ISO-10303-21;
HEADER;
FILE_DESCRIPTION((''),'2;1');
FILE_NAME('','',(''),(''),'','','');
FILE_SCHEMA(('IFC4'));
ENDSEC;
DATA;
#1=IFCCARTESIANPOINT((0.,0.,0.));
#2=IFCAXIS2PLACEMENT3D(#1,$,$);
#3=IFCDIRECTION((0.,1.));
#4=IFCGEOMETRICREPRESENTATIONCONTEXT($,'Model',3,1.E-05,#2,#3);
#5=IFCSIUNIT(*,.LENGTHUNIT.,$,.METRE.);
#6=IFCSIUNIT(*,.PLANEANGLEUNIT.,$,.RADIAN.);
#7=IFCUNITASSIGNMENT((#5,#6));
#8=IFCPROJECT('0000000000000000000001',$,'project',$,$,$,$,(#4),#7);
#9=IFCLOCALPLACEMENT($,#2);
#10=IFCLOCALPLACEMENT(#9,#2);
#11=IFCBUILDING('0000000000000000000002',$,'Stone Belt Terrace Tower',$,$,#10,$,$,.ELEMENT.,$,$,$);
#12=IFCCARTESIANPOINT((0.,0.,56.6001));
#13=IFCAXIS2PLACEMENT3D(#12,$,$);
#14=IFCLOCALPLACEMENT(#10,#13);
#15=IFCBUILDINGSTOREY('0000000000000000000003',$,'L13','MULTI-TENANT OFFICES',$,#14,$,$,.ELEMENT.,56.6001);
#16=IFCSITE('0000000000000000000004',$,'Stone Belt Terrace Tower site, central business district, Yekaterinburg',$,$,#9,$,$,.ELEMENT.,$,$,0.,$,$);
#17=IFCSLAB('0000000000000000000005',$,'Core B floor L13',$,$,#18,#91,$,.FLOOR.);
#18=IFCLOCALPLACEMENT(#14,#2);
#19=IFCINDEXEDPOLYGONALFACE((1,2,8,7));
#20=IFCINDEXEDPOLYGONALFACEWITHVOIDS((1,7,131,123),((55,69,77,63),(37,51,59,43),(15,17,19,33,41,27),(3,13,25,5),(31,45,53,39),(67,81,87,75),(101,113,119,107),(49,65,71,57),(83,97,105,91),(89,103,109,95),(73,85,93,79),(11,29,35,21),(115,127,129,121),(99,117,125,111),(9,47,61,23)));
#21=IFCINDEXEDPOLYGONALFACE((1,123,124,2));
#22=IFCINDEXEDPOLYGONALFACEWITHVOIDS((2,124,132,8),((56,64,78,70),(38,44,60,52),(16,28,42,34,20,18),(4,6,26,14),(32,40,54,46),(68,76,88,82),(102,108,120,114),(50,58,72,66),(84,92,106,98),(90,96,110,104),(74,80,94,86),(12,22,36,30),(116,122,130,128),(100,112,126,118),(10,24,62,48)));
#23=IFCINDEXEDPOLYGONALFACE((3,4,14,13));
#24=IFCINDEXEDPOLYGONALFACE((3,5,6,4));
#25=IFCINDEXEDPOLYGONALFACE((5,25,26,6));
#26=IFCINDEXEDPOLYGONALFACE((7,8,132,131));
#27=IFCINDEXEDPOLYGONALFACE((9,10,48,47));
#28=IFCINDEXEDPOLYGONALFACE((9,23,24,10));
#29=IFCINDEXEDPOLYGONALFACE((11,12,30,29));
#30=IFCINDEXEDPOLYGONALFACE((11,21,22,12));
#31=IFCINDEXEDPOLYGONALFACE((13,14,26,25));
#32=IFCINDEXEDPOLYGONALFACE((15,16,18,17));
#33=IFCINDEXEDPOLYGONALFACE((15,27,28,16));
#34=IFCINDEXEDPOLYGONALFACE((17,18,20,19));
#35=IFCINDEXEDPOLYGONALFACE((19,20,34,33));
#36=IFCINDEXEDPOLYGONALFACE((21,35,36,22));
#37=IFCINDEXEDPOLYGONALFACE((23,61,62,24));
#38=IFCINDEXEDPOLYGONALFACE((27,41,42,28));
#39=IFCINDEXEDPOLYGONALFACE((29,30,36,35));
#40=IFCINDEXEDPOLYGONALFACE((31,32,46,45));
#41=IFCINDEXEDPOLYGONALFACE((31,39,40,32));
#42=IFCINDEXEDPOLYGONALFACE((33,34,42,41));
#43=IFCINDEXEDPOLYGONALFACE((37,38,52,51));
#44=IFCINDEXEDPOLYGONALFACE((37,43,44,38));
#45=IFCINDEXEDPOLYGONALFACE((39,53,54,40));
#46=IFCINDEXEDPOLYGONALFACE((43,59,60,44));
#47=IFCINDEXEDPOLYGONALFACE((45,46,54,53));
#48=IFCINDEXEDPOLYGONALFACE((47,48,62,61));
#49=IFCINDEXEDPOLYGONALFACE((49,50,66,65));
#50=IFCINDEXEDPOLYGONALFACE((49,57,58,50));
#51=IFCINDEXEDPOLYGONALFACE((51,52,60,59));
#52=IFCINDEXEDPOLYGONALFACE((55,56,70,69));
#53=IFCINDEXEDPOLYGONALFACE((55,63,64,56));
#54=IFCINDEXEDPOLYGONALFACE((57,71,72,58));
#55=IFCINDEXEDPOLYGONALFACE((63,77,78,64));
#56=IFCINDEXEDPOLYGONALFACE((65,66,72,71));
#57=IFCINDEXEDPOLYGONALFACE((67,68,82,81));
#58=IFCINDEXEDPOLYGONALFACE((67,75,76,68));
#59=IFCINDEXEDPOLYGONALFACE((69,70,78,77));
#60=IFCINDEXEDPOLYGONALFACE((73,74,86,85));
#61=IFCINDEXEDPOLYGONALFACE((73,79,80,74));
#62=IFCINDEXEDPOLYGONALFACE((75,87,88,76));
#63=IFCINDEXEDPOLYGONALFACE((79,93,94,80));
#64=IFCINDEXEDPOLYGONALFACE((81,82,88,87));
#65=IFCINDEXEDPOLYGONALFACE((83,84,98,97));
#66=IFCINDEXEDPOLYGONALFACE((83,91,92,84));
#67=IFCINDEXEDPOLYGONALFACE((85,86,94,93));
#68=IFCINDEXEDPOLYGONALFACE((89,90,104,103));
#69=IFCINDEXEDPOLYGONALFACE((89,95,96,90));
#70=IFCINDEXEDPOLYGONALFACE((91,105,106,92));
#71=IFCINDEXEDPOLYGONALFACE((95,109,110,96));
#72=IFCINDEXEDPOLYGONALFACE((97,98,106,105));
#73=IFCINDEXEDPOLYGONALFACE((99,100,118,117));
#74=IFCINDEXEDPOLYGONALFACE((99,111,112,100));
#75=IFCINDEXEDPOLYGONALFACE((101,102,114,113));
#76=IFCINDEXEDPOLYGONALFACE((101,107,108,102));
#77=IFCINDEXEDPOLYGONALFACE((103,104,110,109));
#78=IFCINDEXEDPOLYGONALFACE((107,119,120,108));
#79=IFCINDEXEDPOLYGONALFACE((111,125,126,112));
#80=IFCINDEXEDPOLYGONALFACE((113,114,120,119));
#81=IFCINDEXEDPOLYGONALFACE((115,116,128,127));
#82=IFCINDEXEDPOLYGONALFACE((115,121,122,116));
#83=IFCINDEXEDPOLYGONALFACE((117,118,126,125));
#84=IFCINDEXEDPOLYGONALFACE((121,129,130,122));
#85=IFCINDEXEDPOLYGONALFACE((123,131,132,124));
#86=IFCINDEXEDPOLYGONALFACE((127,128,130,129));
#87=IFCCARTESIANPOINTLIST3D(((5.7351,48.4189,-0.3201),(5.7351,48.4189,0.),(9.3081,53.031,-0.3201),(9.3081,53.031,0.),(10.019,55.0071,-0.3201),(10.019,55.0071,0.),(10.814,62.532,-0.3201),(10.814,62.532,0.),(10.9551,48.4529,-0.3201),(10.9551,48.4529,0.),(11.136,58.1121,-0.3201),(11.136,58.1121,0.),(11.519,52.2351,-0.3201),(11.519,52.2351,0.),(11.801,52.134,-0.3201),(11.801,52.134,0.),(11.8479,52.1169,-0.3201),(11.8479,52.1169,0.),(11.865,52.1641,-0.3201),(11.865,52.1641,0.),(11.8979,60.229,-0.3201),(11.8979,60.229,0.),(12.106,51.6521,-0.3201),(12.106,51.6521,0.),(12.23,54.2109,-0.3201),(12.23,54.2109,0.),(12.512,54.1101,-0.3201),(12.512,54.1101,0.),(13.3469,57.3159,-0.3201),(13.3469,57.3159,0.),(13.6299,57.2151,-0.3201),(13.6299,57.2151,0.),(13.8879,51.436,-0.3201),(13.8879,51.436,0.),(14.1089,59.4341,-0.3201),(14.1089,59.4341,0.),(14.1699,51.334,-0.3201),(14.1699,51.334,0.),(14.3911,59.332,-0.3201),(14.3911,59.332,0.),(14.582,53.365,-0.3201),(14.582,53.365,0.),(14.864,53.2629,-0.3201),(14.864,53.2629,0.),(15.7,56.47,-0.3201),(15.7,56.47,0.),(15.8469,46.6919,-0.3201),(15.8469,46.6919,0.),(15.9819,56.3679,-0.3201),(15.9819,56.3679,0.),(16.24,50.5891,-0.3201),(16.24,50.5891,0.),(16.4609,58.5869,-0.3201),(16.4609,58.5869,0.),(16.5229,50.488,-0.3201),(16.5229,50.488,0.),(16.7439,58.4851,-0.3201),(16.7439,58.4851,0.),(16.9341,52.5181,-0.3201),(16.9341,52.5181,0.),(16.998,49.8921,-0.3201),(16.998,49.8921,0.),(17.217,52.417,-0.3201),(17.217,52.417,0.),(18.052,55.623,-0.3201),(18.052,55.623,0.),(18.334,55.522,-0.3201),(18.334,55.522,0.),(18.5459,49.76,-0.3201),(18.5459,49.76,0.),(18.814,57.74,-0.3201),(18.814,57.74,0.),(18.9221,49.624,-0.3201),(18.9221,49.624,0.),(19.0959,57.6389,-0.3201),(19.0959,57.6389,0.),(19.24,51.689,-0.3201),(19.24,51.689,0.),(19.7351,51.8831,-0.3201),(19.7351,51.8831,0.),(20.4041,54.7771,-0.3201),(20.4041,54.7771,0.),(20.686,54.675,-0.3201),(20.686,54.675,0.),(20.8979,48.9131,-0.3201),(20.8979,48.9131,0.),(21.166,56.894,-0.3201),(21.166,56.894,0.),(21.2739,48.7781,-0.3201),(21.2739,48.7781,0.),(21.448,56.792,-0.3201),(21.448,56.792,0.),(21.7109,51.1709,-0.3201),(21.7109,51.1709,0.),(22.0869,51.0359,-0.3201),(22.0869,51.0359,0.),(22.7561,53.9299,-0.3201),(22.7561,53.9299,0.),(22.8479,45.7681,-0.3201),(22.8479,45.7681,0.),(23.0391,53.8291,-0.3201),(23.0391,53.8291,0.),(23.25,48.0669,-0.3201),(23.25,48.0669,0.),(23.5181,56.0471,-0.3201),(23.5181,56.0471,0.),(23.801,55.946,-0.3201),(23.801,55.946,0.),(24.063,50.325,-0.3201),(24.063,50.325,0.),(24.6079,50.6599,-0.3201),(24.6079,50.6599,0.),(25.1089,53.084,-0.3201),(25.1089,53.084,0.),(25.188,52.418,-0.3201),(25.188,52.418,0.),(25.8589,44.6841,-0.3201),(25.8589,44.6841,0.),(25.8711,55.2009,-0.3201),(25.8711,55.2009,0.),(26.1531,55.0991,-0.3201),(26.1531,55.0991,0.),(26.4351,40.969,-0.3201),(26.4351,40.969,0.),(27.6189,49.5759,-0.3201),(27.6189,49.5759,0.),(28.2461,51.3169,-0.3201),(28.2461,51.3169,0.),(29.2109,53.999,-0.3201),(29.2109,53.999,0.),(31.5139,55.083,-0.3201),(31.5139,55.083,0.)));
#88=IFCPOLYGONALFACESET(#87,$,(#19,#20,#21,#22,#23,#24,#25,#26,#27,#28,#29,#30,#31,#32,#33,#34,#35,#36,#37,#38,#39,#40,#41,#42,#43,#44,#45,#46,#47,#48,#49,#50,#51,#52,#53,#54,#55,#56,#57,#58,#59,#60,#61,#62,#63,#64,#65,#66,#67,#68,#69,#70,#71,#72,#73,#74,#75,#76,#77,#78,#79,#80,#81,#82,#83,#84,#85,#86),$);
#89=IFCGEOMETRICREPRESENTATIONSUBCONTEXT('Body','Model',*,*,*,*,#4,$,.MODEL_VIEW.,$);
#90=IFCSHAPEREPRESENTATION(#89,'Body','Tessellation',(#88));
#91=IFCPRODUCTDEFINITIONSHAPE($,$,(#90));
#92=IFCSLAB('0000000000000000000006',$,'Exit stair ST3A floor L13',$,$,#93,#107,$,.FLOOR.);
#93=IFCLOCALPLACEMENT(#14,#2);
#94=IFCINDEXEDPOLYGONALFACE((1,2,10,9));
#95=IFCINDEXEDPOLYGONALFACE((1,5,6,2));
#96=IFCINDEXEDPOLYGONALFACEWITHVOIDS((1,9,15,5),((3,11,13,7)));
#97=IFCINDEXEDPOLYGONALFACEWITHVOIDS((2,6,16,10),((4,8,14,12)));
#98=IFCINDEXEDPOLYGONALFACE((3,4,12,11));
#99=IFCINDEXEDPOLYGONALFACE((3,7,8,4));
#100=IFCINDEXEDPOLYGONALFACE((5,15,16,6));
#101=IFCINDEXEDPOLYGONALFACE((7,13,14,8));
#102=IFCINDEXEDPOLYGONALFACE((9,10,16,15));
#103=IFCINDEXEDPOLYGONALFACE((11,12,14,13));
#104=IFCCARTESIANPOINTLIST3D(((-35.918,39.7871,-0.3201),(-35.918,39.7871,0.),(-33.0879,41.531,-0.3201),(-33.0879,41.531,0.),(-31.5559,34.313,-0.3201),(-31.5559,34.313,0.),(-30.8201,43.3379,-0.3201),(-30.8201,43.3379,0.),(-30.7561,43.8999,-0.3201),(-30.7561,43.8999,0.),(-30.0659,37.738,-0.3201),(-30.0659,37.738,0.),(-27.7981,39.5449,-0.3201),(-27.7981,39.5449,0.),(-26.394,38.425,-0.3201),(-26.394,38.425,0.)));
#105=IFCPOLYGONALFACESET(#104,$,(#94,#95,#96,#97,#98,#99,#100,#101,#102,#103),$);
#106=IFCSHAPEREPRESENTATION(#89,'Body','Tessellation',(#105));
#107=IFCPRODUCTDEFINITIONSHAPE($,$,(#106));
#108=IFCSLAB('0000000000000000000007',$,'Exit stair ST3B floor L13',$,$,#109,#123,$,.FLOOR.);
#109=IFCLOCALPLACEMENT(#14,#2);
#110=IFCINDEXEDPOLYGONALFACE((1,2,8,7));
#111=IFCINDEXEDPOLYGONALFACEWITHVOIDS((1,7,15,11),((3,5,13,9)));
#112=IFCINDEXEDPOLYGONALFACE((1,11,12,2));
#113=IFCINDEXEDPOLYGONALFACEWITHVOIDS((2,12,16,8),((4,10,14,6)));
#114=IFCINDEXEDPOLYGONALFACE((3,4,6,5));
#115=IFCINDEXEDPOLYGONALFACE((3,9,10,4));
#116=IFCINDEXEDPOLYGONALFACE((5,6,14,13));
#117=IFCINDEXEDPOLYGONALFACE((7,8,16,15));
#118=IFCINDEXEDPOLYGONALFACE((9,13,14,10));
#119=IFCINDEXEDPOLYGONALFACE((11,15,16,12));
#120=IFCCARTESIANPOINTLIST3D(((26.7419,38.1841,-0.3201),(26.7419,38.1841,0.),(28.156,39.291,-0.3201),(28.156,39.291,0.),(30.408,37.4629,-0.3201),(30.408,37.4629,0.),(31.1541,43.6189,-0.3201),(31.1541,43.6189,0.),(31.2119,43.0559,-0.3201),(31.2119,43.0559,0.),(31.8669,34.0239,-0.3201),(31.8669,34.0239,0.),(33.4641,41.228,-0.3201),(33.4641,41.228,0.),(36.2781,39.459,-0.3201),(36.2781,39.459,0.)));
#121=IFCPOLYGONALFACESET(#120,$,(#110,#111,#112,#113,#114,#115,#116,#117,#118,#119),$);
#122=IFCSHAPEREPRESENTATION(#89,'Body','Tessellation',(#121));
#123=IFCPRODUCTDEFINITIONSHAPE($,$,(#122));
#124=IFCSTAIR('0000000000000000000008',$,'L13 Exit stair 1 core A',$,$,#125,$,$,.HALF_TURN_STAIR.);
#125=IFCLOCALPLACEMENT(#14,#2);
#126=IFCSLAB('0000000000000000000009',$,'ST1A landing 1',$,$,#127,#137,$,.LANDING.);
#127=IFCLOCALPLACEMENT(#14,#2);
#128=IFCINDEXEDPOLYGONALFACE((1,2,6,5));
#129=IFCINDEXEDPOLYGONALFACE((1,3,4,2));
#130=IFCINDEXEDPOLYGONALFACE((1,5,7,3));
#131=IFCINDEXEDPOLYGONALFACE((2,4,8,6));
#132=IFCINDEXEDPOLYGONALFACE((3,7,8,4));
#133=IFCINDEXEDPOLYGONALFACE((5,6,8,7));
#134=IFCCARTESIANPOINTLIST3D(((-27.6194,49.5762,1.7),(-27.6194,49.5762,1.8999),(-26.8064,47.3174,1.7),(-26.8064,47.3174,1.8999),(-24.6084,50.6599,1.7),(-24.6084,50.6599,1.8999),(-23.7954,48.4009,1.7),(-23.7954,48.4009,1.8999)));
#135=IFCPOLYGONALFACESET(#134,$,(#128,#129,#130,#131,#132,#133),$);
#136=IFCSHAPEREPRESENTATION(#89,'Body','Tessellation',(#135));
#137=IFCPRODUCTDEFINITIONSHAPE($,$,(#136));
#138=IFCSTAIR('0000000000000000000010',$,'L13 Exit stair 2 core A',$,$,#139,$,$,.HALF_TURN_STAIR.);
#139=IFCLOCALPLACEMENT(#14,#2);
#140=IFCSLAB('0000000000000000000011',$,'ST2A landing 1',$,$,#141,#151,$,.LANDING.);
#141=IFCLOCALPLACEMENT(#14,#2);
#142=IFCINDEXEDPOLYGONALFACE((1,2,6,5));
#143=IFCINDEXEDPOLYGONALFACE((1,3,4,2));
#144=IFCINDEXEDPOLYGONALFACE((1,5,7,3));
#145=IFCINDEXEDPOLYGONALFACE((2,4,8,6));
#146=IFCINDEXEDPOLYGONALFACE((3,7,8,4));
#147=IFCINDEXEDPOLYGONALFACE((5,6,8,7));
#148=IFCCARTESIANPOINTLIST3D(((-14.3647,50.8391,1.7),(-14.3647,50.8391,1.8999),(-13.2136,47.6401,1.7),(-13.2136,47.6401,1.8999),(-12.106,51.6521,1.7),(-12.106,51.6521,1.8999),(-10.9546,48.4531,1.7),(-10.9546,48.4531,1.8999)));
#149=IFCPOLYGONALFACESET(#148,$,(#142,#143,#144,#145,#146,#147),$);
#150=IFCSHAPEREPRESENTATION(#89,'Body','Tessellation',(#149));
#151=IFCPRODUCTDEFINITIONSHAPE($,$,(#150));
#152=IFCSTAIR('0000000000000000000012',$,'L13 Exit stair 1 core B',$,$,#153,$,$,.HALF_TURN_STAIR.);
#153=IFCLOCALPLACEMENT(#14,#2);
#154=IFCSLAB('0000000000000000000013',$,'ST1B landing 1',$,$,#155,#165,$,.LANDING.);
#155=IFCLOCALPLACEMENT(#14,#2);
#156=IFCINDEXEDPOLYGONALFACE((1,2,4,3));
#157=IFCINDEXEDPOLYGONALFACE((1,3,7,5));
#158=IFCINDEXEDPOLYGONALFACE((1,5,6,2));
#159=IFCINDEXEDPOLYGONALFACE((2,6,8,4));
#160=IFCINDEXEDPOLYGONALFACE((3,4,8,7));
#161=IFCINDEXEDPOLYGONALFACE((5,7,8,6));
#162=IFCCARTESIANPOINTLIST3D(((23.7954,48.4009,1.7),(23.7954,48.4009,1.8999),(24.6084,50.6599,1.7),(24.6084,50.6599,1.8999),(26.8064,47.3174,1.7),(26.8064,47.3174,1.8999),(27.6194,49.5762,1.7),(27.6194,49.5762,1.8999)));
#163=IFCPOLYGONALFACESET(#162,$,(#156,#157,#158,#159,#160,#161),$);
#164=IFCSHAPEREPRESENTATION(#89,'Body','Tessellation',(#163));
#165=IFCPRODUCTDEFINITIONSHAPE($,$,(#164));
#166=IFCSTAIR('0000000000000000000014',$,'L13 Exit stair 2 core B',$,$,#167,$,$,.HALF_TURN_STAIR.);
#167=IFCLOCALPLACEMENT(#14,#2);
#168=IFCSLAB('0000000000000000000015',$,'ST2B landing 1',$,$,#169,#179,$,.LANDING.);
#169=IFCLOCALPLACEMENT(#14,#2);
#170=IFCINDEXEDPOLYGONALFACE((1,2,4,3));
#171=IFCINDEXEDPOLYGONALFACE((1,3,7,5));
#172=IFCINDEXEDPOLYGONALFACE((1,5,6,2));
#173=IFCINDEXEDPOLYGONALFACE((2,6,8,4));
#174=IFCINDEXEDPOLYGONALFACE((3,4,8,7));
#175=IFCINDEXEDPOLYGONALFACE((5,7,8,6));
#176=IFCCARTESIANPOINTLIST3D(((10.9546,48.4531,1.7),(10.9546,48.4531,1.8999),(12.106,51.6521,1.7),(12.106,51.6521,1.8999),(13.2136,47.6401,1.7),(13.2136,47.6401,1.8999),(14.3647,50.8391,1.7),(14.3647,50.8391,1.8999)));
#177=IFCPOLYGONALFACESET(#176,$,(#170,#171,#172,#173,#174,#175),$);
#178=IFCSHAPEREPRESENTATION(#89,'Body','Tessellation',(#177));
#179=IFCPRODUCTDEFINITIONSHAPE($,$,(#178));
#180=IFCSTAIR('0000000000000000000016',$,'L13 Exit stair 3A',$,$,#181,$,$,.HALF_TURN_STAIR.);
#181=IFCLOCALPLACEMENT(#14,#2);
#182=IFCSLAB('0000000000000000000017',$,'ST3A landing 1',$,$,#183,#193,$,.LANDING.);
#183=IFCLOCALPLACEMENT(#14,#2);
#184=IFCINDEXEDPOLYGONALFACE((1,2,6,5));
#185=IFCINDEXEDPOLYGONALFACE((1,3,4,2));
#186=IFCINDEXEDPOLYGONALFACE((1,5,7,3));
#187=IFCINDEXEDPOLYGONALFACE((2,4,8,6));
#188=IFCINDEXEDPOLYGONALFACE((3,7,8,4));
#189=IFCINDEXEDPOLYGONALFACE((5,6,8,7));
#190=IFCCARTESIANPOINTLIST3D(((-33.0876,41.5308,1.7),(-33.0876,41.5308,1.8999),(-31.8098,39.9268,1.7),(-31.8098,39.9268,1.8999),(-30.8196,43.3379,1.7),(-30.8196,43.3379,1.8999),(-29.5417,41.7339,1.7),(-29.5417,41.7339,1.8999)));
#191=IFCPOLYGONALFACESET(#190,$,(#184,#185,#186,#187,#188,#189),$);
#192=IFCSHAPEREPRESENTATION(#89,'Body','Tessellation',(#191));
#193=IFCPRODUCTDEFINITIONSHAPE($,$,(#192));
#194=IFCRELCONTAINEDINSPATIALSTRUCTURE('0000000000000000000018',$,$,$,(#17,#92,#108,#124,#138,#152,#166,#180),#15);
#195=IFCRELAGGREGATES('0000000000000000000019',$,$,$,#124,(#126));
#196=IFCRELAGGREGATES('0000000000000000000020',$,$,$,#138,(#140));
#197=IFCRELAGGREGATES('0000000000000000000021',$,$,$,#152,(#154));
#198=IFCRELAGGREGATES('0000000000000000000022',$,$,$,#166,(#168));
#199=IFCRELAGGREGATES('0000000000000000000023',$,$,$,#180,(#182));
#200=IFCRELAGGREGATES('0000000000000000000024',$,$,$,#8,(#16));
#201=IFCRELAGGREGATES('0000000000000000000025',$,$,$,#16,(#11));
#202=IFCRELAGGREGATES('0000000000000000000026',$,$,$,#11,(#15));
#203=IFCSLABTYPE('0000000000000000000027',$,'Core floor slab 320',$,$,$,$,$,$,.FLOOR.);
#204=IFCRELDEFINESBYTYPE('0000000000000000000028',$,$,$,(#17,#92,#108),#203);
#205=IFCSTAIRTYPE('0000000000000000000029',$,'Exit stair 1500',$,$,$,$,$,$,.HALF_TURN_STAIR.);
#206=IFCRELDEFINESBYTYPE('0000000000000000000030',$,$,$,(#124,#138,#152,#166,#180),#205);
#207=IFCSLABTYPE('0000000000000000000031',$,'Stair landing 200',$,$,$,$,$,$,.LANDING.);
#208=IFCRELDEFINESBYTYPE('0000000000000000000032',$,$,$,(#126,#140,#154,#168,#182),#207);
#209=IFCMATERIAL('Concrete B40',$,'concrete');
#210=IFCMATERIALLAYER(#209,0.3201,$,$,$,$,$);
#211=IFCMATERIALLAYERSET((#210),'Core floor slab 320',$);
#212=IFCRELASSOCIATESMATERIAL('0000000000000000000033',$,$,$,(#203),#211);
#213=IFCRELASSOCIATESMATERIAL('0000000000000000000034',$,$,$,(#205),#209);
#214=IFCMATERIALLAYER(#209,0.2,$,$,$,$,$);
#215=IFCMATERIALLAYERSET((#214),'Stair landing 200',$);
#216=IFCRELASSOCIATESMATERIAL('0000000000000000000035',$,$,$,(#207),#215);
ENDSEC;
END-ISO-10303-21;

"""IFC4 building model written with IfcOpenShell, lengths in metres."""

from ifc_helpers import new_model, si_unit, direction, frame, origin, place, context, subcontext, project, spatial, polyline, outline, extrude, material, layer, layer_set, type_object, element, aggregate, save


model = new_model("IFC4")

# Units and contexts
model_context = context("Model", 3, precision=1e-05, world=origin(), true_north=direction((0.0, 1.0)))
body_context = subcontext(model_context, "Body", "Model", "MODEL_VIEW")
ifc_project = project(units=[si_unit("LENGTHUNIT", "METRE"), si_unit("PLANEANGLEUNIT", "RADIAN")], contexts=[model_context])

# Site, building, storey
site_placement = place(None, origin())
site = spatial("IfcSite", under=ifc_project, at=site_placement, Name="Stone Belt Terrace Tower site, central business district, Yekaterinburg", CompositionType="ELEMENT", RefElevation=0.0)
building_placement = place(site_placement, origin())
building = spatial("IfcBuilding", under=site, at=building_placement, Name="Stone Belt Terrace Tower", CompositionType="ELEMENT")
storey_placement = place(building_placement, frame((0.0, 0.0, 56.6001)))
storey = spatial("IfcBuildingStorey", under=building, at=storey_placement, Name="L13", Description="MULTI-TENANT OFFICES", CompositionType="ELEMENT", Elevation=56.6001)

# Slabs
ifc_material_1 = material(Name="Concrete B40", Category="concrete")
ifc_layer_1 = layer(ifc_material_1, 0.3201)
ifc_layer_set_1 = layer_set([ifc_layer_1], Name="Core floor slab 320")
slab_type_1 = type_object("IfcSlabType", Name="Core floor slab 320", PredefinedType="FLOOR", material=ifc_layer_set_1)
slab_1_placement = place(storey_placement, frame((0.0, 0.0, -0.3201)))
element("IfcSlab", 1, at=slab_1_placement, inside=storey, type_object=slab_type_1, Name="Core B floor L13", PredefinedType="FLOOR", context=body_context, shape_type="SweptSolid", body=[
    extrude(outline(polyline([(26.4351, 40.969), (31.5139, 55.083), (10.814, 62.532), (5.7351, 48.4189), (26.4351, 40.969)]), holes=[polyline([(12.106, 51.6521), (16.998, 49.8921), (15.8469, 46.6919), (10.9551, 48.4529), (12.106, 51.6521)]), polyline([(19.24, 51.689), (18.5459, 49.76), (16.5229, 50.488), (17.217, 52.417), (19.24, 51.689)]), polyline([(16.24, 50.5891), (14.1699, 51.334), (14.864, 53.2629), (16.9341, 52.5181), (16.24, 50.5891)]), polyline([(14.582, 53.365), (13.8879, 51.436), (11.865, 52.1641), (11.8479, 52.1169), (11.801, 52.134), (12.512, 54.1101), (14.582, 53.365)]), polyline([(9.3081, 53.031), (10.019, 55.0071), (12.23, 54.2109), (11.519, 52.2351), (9.3081, 53.031)]), polyline([(16.7439, 58.4851), (18.814, 57.74), (18.052, 55.623), (15.9819, 56.3679), (16.7439, 58.4851)]), polyline([(14.3911, 59.332), (16.4609, 58.5869), (15.7, 56.47), (13.6299, 57.2151), (14.3911, 59.332)]), polyline([(11.8979, 60.229), (14.1089, 59.4341), (13.3469, 57.3159), (11.136, 58.1121), (11.8979, 60.229)]), polyline([(25.8589, 44.6841), (22.8479, 45.7681), (24.6079, 50.6599), (27.6189, 49.5759), (25.8589, 44.6841)]), polyline([(21.2739, 48.7781), (22.0869, 51.0359), (24.063, 50.325), (23.25, 48.0669), (21.2739, 48.7781)]), polyline([(18.9221, 49.624), (19.7351, 51.8831), (21.7109, 51.1709), (20.8979, 48.9131), (18.9221, 49.624)]), polyline([(29.2109, 53.999), (28.2461, 51.3169), (25.188, 52.418), (26.1531, 55.0991), (29.2109, 53.999)]), polyline([(23.801, 55.946), (25.8711, 55.2009), (25.1089, 53.084), (23.0391, 53.8291), (23.801, 55.946)]), polyline([(21.448, 56.792), (23.5181, 56.0471), (22.7561, 53.9299), (20.686, 54.675), (21.448, 56.792)]), polyline([(19.0959, 57.6389), (21.166, 56.894), (20.4041, 54.7771), (18.334, 55.522), (19.0959, 57.6389)])]), origin(), (0.0, 0.0, 1.0), 0.3201),
])
slab_2_placement = place(storey_placement, frame((0.0, 0.0, -0.3201)))
element("IfcSlab", 2, at=slab_2_placement, inside=storey, type_object=slab_type_1, Name="Exit stair ST3A floor L13", PredefinedType="FLOOR", context=body_context, shape_type="SweptSolid", body=[
    extrude(outline(polyline([(-26.394, 38.425), (-30.7561, 43.8999), (-35.918, 39.7871), (-31.5559, 34.313), (-26.394, 38.425)]), holes=[polyline([(-27.7981, 39.5449), (-30.0659, 37.738), (-33.0879, 41.531), (-30.8201, 43.3379), (-27.7981, 39.5449)])]), origin(), (0.0, 0.0, 1.0), 0.3201),
])
slab_3_placement = place(storey_placement, frame((0.0, 0.0, -0.3201)))
element("IfcSlab", 3, at=slab_3_placement, inside=storey, type_object=slab_type_1, Name="Exit stair ST3B floor L13", PredefinedType="FLOOR", context=body_context, shape_type="SweptSolid", body=[
    extrude(outline(polyline([(26.7419, 38.1841), (31.8669, 34.0239), (36.2781, 39.459), (31.1541, 43.6189), (26.7419, 38.1841)]), holes=[polyline([(30.408, 37.4629), (28.156, 39.291), (31.2119, 43.0559), (33.4641, 41.228), (30.408, 37.4629)])]), origin(), (0.0, 0.0, 1.0), 0.3201),
])

# Stairs, slabs
stair_type = type_object("IfcStairType", Name="Exit stair 1500", PredefinedType="HALF_TURN_STAIR", material=ifc_material_1)
stair_1_placement = place(storey_placement, origin())
stair_1 = element("IfcStair", 4, at=stair_1_placement, inside=storey, type_object=stair_type, Name="L13 Exit stair 1 core A", PredefinedType="HALF_TURN_STAIR")
ifc_layer_2 = layer(ifc_material_1, 0.2)
ifc_layer_set_2 = layer_set([ifc_layer_2], Name="Stair landing 200")
slab_type_2 = type_object("IfcSlabType", Name="Stair landing 200", PredefinedType="LANDING", material=ifc_layer_set_2)
slab_4_placement = place(storey_placement, frame((0.0, 0.0, 1.7)))
slab_4 = element("IfcSlab", 5, at=slab_4_placement, type_object=slab_type_2, Name="ST1A landing 1", PredefinedType="LANDING", context=body_context, shape_type="SweptSolid", body=[
    extrude(outline(polyline([(-23.7954, 48.4009), (-24.6084, 50.6599), (-27.6194, 49.5762), (-26.8064, 47.3174), (-23.7954, 48.4009)])), origin(), (0.0, 0.0, 1.0), 0.2),
])
aggregate(stair_1, [slab_4])
stair_2_placement = place(storey_placement, origin())
stair_2 = element("IfcStair", 6, at=stair_2_placement, inside=storey, type_object=stair_type, Name="L13 Exit stair 2 core A", PredefinedType="HALF_TURN_STAIR")
slab_5_placement = place(storey_placement, frame((0.0, 0.0, 1.7)))
slab_5 = element("IfcSlab", 7, at=slab_5_placement, type_object=slab_type_2, Name="ST2A landing 1", PredefinedType="LANDING", context=body_context, shape_type="SweptSolid", body=[
    extrude(outline(polyline([(-13.2136, 47.6401), (-10.9546, 48.4531), (-12.106, 51.6521), (-14.3647, 50.8391), (-13.2136, 47.6401)])), origin(), (0.0, 0.0, 1.0), 0.2),
])
aggregate(stair_2, [slab_5])
stair_3_placement = place(storey_placement, origin())
stair_3 = element("IfcStair", 8, at=stair_3_placement, inside=storey, type_object=stair_type, Name="L13 Exit stair 1 core B", PredefinedType="HALF_TURN_STAIR")
slab_6_placement = place(storey_placement, frame((0.0, 0.0, 1.7)))
slab_6 = element("IfcSlab", 9, at=slab_6_placement, type_object=slab_type_2, Name="ST1B landing 1", PredefinedType="LANDING", context=body_context, shape_type="SweptSolid", body=[
    extrude(outline(polyline([(26.8064, 47.3174), (27.6194, 49.5762), (24.6084, 50.6599), (23.7954, 48.4009), (26.8064, 47.3174)])), origin(), (0.0, 0.0, 1.0), 0.2),
])
aggregate(stair_3, [slab_6])
stair_4_placement = place(storey_placement, origin())
stair_4 = element("IfcStair", 10, at=stair_4_placement, inside=storey, type_object=stair_type, Name="L13 Exit stair 2 core B", PredefinedType="HALF_TURN_STAIR")
slab_7_placement = place(storey_placement, frame((0.0, 0.0, 1.7)))
slab_7 = element("IfcSlab", 11, at=slab_7_placement, type_object=slab_type_2, Name="ST2B landing 1", PredefinedType="LANDING", context=body_context, shape_type="SweptSolid", body=[
    extrude(outline(polyline([(14.3647, 50.8391), (12.106, 51.6521), (10.9546, 48.4531), (13.2136, 47.6401), (14.3647, 50.8391)])), origin(), (0.0, 0.0, 1.0), 0.2),
])
aggregate(stair_4, [slab_7])
stair_5_placement = place(storey_placement, origin())
stair_5 = element("IfcStair", 12, at=stair_5_placement, inside=storey, type_object=stair_type, Name="L13 Exit stair 3A", PredefinedType="HALF_TURN_STAIR")
slab_8_placement = place(storey_placement, frame((0.0, 0.0, 1.7)))
slab_8 = element("IfcSlab", 13, at=slab_8_placement, type_object=slab_type_2, Name="ST3A landing 1", PredefinedType="LANDING", context=body_context, shape_type="SweptSolid", body=[
    extrude(outline(polyline([(-29.5417, 41.7339), (-30.8196, 43.3379), (-33.0876, 41.5308), (-31.8098, 39.9268), (-29.5417, 41.7339)])), origin(), (0.0, 0.0, 1.0), 0.2),
])
aggregate(stair_5, [slab_8])

save(model, "model.ifc")
